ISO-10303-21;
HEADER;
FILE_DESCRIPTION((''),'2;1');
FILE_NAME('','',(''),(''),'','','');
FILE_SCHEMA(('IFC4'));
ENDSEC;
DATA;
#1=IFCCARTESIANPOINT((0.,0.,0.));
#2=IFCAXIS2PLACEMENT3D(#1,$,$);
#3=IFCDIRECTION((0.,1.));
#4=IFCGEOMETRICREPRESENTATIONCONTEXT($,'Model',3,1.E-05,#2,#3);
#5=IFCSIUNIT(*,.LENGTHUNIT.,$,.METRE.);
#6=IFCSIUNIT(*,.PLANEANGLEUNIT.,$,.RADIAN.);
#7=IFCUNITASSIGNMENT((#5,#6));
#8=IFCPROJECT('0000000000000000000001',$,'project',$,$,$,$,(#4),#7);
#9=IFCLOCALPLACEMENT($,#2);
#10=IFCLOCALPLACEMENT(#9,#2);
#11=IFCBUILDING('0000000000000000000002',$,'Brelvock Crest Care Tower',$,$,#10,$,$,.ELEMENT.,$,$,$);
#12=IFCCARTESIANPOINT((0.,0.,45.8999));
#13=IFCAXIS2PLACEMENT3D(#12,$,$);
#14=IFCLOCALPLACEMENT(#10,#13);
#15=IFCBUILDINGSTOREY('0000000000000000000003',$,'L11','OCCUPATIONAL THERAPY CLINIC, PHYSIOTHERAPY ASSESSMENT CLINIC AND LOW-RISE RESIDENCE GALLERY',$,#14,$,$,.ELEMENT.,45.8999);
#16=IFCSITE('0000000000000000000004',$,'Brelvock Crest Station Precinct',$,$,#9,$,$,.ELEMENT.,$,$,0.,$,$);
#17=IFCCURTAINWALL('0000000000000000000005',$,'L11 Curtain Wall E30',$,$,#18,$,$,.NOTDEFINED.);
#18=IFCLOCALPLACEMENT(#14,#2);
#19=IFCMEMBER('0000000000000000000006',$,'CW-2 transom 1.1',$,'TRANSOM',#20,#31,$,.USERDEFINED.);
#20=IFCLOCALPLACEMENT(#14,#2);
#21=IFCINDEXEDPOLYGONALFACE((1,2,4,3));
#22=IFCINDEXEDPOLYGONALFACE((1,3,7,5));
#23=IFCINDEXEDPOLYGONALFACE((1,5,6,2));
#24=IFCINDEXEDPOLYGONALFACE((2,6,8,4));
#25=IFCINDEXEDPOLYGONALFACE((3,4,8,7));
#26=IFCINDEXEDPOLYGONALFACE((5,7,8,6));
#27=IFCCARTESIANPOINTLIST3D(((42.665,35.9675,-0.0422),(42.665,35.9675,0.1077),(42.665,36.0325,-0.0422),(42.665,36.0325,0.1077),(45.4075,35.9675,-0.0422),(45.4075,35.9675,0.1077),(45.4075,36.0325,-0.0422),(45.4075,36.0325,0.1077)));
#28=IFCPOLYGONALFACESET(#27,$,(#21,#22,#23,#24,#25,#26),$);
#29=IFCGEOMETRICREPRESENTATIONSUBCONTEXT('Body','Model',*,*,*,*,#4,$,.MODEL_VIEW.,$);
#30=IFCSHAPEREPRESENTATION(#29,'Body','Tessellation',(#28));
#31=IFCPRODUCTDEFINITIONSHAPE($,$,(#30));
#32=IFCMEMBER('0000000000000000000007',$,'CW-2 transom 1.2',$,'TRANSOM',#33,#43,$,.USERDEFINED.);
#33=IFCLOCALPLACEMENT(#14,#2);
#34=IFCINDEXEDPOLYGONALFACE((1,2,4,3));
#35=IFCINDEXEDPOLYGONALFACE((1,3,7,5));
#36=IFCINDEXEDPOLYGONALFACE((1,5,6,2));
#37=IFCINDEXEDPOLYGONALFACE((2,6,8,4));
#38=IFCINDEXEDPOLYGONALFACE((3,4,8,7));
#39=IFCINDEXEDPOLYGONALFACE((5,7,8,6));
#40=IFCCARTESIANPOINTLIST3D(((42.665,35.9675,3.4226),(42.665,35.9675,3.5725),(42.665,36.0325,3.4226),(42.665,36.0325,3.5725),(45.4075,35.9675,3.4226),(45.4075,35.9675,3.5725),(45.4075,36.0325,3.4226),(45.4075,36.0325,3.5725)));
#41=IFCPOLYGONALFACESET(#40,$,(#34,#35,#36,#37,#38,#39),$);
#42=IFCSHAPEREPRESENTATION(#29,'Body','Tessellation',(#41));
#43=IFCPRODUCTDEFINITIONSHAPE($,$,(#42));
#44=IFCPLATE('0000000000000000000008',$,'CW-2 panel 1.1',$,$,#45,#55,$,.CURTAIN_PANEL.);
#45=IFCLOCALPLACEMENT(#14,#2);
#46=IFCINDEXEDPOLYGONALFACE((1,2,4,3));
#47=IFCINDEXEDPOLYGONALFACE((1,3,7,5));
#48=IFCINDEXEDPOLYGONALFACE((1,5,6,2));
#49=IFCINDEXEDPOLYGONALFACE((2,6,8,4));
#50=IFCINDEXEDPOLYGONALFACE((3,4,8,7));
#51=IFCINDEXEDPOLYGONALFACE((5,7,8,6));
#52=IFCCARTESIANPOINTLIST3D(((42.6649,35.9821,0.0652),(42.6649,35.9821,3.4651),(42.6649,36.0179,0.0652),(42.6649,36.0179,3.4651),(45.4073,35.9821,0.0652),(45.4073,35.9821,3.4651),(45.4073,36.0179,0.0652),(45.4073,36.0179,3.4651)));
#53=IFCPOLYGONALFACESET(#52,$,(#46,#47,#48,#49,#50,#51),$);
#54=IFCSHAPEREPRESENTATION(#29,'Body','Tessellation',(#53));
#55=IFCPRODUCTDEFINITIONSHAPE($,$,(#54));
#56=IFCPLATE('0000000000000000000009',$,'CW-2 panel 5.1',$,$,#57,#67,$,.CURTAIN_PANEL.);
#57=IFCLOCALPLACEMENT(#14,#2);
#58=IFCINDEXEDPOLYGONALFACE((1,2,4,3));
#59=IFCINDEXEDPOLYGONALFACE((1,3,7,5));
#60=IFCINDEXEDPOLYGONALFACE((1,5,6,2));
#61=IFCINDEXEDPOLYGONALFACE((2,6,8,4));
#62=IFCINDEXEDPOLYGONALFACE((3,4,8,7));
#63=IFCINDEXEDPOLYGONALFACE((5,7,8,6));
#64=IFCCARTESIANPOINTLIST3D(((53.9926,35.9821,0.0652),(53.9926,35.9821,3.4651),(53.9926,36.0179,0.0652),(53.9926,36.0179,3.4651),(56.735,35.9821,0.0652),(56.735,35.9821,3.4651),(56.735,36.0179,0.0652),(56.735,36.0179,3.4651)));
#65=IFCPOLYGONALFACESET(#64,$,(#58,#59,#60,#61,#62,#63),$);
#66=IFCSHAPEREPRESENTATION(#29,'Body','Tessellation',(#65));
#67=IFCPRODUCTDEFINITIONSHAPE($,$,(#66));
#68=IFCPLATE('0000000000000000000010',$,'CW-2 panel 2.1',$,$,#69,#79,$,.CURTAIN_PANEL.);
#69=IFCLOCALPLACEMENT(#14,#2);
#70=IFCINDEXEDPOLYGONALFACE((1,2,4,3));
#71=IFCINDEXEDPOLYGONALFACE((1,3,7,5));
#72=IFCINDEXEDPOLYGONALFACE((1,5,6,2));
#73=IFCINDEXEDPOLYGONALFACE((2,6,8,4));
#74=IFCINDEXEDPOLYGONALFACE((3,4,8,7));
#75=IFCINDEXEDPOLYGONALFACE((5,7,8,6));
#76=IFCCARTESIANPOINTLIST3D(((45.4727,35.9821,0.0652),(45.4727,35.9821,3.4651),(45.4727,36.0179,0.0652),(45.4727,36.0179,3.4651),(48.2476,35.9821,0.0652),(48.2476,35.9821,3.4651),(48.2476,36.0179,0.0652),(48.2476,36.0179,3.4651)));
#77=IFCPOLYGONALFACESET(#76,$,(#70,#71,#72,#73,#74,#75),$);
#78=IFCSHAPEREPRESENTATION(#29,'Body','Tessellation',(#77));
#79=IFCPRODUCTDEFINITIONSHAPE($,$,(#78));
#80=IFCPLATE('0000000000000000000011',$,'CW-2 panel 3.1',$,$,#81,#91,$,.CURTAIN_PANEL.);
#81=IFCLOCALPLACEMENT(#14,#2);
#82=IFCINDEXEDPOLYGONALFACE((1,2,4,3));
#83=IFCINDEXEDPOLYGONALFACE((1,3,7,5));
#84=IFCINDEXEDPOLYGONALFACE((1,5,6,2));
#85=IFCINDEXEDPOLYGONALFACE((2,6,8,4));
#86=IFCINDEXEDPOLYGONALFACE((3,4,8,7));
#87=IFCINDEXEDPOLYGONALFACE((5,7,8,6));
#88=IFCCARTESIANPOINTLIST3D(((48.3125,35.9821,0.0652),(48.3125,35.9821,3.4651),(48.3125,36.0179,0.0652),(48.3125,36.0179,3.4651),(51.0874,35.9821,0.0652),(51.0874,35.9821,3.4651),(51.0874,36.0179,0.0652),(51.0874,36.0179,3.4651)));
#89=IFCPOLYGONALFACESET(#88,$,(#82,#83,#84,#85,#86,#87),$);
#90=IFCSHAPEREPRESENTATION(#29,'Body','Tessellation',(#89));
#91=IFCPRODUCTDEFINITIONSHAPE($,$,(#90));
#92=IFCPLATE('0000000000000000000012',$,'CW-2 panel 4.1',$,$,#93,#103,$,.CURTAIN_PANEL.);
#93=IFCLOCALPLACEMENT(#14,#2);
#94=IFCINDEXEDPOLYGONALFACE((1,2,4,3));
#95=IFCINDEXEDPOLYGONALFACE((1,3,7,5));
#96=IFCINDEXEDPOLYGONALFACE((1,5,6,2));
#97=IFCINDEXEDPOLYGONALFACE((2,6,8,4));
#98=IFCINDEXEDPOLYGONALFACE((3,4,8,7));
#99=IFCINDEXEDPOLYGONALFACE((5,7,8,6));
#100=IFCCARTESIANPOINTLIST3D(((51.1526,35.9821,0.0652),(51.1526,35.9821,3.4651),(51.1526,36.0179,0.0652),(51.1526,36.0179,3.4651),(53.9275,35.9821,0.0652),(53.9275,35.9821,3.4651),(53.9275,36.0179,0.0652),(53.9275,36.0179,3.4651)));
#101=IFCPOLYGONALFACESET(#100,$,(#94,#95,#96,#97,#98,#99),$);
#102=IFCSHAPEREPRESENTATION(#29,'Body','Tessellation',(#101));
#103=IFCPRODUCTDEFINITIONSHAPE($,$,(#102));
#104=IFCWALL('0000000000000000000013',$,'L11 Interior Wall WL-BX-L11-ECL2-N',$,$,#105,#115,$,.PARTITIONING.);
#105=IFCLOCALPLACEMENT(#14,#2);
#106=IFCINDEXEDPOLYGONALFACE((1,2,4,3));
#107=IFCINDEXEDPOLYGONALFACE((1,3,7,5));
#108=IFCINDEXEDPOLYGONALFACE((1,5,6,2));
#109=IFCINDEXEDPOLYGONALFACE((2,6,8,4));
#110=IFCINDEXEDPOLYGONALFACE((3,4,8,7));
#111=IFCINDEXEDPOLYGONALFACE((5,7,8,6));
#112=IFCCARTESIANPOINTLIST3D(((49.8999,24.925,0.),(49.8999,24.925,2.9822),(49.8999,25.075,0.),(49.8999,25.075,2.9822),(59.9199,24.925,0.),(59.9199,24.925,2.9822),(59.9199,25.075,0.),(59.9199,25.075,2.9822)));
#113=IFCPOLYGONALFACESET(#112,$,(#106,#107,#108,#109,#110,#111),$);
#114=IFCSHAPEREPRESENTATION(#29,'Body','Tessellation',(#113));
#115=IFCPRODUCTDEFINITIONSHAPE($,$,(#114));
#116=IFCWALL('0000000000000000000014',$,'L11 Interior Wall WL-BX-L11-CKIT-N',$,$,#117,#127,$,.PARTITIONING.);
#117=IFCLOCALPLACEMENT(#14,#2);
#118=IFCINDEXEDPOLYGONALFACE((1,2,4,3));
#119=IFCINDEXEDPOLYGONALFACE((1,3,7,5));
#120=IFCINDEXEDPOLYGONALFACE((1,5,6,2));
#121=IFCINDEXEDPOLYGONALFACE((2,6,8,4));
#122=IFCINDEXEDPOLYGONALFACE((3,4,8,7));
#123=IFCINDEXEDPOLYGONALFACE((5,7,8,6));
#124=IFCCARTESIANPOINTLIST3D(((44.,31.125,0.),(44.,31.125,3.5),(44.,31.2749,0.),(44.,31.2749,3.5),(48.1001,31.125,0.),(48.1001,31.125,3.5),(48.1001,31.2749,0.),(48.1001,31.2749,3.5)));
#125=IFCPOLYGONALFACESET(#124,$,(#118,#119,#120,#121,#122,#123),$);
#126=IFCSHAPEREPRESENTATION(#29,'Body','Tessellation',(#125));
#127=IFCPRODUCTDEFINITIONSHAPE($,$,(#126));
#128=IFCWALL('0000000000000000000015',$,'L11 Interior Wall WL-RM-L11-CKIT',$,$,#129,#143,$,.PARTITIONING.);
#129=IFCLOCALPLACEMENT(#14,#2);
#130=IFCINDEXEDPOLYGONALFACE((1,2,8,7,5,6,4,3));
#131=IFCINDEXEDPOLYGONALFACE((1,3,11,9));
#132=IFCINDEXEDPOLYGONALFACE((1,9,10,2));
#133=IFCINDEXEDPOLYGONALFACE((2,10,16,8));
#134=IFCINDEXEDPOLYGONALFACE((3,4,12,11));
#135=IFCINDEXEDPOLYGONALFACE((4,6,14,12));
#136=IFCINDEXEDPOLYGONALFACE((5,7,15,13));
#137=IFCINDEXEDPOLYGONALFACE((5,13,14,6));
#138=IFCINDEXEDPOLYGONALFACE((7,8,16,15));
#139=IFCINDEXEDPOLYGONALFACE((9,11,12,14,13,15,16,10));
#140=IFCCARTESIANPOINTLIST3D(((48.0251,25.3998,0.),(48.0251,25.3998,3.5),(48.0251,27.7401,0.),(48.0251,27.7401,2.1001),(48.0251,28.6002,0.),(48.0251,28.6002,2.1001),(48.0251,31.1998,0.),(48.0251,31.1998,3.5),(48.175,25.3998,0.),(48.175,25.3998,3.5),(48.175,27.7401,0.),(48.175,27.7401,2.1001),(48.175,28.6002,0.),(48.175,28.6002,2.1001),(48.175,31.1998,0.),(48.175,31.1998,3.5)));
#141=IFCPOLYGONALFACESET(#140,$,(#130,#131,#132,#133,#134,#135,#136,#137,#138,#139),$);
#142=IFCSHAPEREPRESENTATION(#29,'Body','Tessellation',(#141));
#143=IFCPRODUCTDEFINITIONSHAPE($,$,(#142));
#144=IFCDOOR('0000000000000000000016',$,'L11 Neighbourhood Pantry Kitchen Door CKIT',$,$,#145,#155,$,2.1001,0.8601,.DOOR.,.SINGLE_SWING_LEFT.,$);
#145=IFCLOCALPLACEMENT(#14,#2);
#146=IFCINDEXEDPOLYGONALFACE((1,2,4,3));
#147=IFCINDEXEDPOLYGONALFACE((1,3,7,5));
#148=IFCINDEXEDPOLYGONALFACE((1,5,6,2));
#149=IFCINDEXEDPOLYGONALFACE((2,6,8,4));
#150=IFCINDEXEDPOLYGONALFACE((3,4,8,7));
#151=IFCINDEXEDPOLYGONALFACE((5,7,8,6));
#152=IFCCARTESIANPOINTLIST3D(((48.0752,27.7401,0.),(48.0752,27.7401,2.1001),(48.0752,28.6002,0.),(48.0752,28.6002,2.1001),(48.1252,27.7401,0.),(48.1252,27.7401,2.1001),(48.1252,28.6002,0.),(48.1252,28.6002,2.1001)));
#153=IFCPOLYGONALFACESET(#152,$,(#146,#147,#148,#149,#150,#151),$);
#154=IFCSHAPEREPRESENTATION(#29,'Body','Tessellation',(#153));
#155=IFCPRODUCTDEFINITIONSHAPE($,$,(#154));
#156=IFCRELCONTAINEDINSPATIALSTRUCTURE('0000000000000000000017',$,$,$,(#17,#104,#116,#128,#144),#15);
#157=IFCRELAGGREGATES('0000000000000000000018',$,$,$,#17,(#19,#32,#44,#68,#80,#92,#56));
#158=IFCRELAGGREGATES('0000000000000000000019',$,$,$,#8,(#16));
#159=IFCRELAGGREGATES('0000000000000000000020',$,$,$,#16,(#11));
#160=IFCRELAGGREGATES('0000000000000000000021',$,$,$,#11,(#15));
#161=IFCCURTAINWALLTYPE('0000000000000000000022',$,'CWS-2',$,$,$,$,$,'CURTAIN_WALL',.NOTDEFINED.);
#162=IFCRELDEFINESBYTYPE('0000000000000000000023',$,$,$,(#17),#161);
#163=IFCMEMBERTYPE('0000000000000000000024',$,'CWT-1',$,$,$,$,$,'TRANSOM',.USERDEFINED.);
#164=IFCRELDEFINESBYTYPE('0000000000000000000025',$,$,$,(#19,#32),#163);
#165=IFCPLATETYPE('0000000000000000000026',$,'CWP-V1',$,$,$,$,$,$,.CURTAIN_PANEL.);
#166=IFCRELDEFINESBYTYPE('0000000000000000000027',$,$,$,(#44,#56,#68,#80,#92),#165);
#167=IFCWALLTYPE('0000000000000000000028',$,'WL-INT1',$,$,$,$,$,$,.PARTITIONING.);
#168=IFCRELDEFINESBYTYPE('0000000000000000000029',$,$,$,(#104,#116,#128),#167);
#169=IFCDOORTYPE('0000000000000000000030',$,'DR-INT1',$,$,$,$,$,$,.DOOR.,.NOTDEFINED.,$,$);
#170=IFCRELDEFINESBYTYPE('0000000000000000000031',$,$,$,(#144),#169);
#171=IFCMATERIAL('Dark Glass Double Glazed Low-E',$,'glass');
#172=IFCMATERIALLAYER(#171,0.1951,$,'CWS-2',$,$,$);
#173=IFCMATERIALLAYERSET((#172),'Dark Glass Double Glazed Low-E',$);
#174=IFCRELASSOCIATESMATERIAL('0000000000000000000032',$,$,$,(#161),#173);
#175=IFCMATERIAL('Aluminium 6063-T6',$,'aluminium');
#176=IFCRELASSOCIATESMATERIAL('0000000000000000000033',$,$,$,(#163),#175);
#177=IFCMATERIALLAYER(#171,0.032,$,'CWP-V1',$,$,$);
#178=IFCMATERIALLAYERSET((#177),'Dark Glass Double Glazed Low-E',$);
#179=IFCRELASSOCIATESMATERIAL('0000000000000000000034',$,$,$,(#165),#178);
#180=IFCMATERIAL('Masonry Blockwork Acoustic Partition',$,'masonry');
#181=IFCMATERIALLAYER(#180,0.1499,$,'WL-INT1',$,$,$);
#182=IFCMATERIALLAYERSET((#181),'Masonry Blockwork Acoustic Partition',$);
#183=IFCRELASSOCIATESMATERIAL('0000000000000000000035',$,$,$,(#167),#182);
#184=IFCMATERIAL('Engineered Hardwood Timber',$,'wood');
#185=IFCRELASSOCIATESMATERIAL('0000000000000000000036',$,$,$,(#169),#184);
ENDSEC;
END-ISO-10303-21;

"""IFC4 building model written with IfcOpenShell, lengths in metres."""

from ifc_helpers import new_model, si_unit, direction, frame, frame_2d, origin, origin_2d, place, context, subcontext, project, spatial, rectangle, extrude, source, transform, mapped, material, layer, layer_set, material_profile, profile_set, type_object, element, fill, aggregate, save


model = new_model("IFC4")

# Units and contexts
model_context = context("Model", 3, precision=1e-05, world=origin(), true_north=direction((0.0, 1.0)))
body_context = subcontext(model_context, "Body", "Model", "MODEL_VIEW")
ifc_project = project(units=[si_unit("LENGTHUNIT", "METRE"), si_unit("PLANEANGLEUNIT", "RADIAN")], contexts=[model_context])

# Site, building, storey
site_placement = place(None, origin())
site = spatial("IfcSite", under=ifc_project, at=site_placement, Name="Brelvock Crest Station Precinct", CompositionType="ELEMENT", RefElevation=0.0)
building_placement = place(site_placement, origin())
building = spatial("IfcBuilding", under=site, at=building_placement, Name="Brelvock Crest Care Tower", CompositionType="ELEMENT")
storey_placement = place(building_placement, frame((0.0, 0.0, 45.8999)))
storey = spatial("IfcBuildingStorey", under=building, at=storey_placement, Name="L11", Description="OCCUPATIONAL THERAPY CLINIC, PHYSIOTHERAPY ASSESSMENT CLINIC AND LOW-RISE RESIDENCE GALLERY", CompositionType="ELEMENT", Elevation=45.8999)

# Curtain wall, members, plates
ifc_material_1 = material(Name="Dark Glass Double Glazed Low-E", Category="glass")
ifc_layer_1 = layer(ifc_material_1, 0.1951, Name="CWS-2")
ifc_layer_set_1 = layer_set([ifc_layer_1], Name="Dark Glass Double Glazed Low-E")
curtain_wall_type = type_object("IfcCurtainWallType", Name="CWS-2", ElementType="CURTAIN_WALL", PredefinedType="NOTDEFINED", material=ifc_layer_set_1)
curtain_wall_placement = place(storey_placement, origin())
curtain_wall = element("IfcCurtainWall", 1, at=curtain_wall_placement, inside=storey, type_object=curtain_wall_type, Name="L11 Curtain Wall E30", PredefinedType="NOTDEFINED")
ifc_material_2 = material(Name="Aluminium 6063-T6", Category="aluminium")
ifc_material_profile_1 = material_profile(ifc_material_2, rectangle(XDim=0.0649, YDim=0.1499, at=origin_2d()), Name="ALU65x150")
ifc_profile_set_1 = profile_set([ifc_material_profile_1], Name="Aluminium 6063-T6")
member_type_1 = type_object("IfcMemberType", Name="CWT-1", ElementType="TRANSOM", PredefinedType="USERDEFINED", material=ifc_profile_set_1)
shared_shape_1 = source(origin(), body_context, "Body", "SweptSolid", [
    extrude(rectangle(XDim=0.0649, YDim=0.1499, at=origin_2d()), origin(), (0.0, 0.0, 1.0), 2.7424),
])
member_1_placement = place(storey_placement, frame((42.665, 36.0, 0.0327), z_axis=(1.0, 0.0, 0.0), x_axis=(0.0, 1.0, 0.0)))
member_1 = element("IfcMember", 2, at=member_1_placement, type_object=member_type_1, Name="CW-2 transom 1.1", ObjectType="TRANSOM", PredefinedType="USERDEFINED", context=body_context, shape_type="MappedRepresentation", body=[
    mapped(shared_shape_1, transform((0.0, 0.0, 0.0), x_axis=(1.0, 0.0, 0.0), y_axis=(0.0, 1.0, 0.0), z_axis=(0.0, 0.0, 1.0), scale=1.0)),
])
member_2_placement = place(storey_placement, frame((42.665, 36.0, 3.4976), z_axis=(1.0, 0.0, 0.0), x_axis=(0.0, 1.0, 0.0)))
member_2 = element("IfcMember", 3, at=member_2_placement, type_object=member_type_1, Name="CW-2 transom 1.2", ObjectType="TRANSOM", PredefinedType="USERDEFINED", context=body_context, shape_type="MappedRepresentation", body=[
    mapped(shared_shape_1, transform((0.0, 0.0, 0.0), x_axis=(1.0, 0.0, 0.0), y_axis=(0.0, 1.0, 0.0), z_axis=(0.0, 0.0, 1.0), scale=1.0)),
])
ifc_layer_2 = layer(ifc_material_1, 0.032, Name="CWP-V1")
ifc_layer_set_2 = layer_set([ifc_layer_2], Name="Dark Glass Double Glazed Low-E")
plate_type = type_object("IfcPlateType", Name="CWP-V1", PredefinedType="CURTAIN_PANEL", material=ifc_layer_set_2)
shared_shape_2 = source(origin(), body_context, "Body", "SweptSolid", [
    extrude(rectangle(XDim=2.7424, YDim=0.0359, at=origin_2d()), origin(), (0.0, 0.0, 1.0), 3.3999),
])
plate_1_placement = place(storey_placement, frame((44.0361, 36.0, 0.0652), z_axis=(0.0, 0.0, 1.0), x_axis=(1.0, 0.0, 0.0)))
plate_1 = element("IfcPlate", 4, at=plate_1_placement, type_object=plate_type, Name="CW-2 panel 1.1", PredefinedType="CURTAIN_PANEL", context=body_context, shape_type="MappedRepresentation", body=[
    mapped(shared_shape_2, transform((0.0, 0.0, 0.0), x_axis=(1.0, 0.0, 0.0), y_axis=(0.0, 1.0, 0.0), z_axis=(0.0, 0.0, 1.0), scale=1.0)),
])
plate_2_placement = place(storey_placement, frame((55.3638, 36.0, 0.0652), z_axis=(0.0, 0.0, 1.0), x_axis=(1.0, 0.0, 0.0)))
plate_2 = element("IfcPlate", 5, at=plate_2_placement, type_object=plate_type, Name="CW-2 panel 5.1", PredefinedType="CURTAIN_PANEL", context=body_context, shape_type="MappedRepresentation", body=[
    mapped(shared_shape_2, transform((0.0, 0.0, 0.0), x_axis=(1.0, 0.0, 0.0), y_axis=(0.0, 1.0, 0.0), z_axis=(0.0, 0.0, 1.0), scale=1.0)),
])
shared_shape_3 = source(origin(), body_context, "Body", "SweptSolid", [
    extrude(rectangle(XDim=2.7749, YDim=0.0359, at=origin_2d()), origin(), (0.0, 0.0, 1.0), 3.3999),
])
plate_3_placement = place(storey_placement, frame((46.8601, 36.0, 0.0652), z_axis=(0.0, 0.0, 1.0), x_axis=(1.0, 0.0, 0.0)))
plate_3 = element("IfcPlate", 6, at=plate_3_placement, type_object=plate_type, Name="CW-2 panel 2.1", PredefinedType="CURTAIN_PANEL", context=body_context, shape_type="MappedRepresentation", body=[
    mapped(shared_shape_3, transform((0.0, 0.0, 0.0), x_axis=(1.0, 0.0, 0.0), y_axis=(0.0, 1.0, 0.0), z_axis=(0.0, 0.0, 1.0), scale=1.0)),
])
plate_4_placement = place(storey_placement, frame((49.7, 36.0, 0.0652), z_axis=(0.0, 0.0, 1.0), x_axis=(1.0, 0.0, 0.0)))
plate_4 = element("IfcPlate", 7, at=plate_4_placement, type_object=plate_type, Name="CW-2 panel 3.1", PredefinedType="CURTAIN_PANEL", context=body_context, shape_type="MappedRepresentation", body=[
    mapped(shared_shape_3, transform((0.0, 0.0, 0.0), x_axis=(1.0, 0.0, 0.0), y_axis=(0.0, 1.0, 0.0), z_axis=(0.0, 0.0, 1.0), scale=1.0)),
])
plate_5_placement = place(storey_placement, frame((52.54, 36.0, 0.0652), z_axis=(0.0, 0.0, 1.0), x_axis=(1.0, 0.0, 0.0)))
plate_5 = element("IfcPlate", 8, at=plate_5_placement, type_object=plate_type, Name="CW-2 panel 4.1", PredefinedType="CURTAIN_PANEL", context=body_context, shape_type="MappedRepresentation", body=[
    mapped(shared_shape_3, transform((0.0, 0.0, 0.0), x_axis=(1.0, 0.0, 0.0), y_axis=(0.0, 1.0, 0.0), z_axis=(0.0, 0.0, 1.0), scale=1.0)),
])
aggregate(curtain_wall, [member_1, member_2, plate_1, plate_3, plate_4, plate_5, plate_2])

# Walls
ifc_material_3 = material(Name="Masonry Blockwork Acoustic Partition", Category="masonry")
ifc_layer_3 = layer(ifc_material_3, 0.1499, Name="WL-INT1")
ifc_layer_set_3 = layer_set([ifc_layer_3], Name="Masonry Blockwork Acoustic Partition")
wall_type_1 = type_object("IfcWallType", Name="WL-INT1", PredefinedType="PARTITIONING", material=ifc_layer_set_3)
wall_1_placement = place(storey_placement, frame((49.8999, 25.0, 0.0), z_axis=(0.0, 0.0, 1.0), x_axis=(1.0, 0.0, 0.0)))
element("IfcWall", 9, at=wall_1_placement, inside=storey, type_object=wall_type_1, Name="L11 Interior Wall WL-BX-L11-ECL2-N", PredefinedType="PARTITIONING", context=body_context, shape_type="SweptSolid", body=[
    extrude(rectangle(XDim=10.02, YDim=0.1499, at=frame_2d((5.01, 0.0))), origin(), (0.0, 0.0, 1.0), 2.9822),
])
wall_2_placement = place(storey_placement, frame((44.0, 31.2, 0.0), z_axis=(0.0, 0.0, 1.0), x_axis=(1.0, 0.0, 0.0)))
element("IfcWall", 10, at=wall_2_placement, inside=storey, type_object=wall_type_1, Name="L11 Interior Wall WL-BX-L11-CKIT-N", PredefinedType="PARTITIONING", context=body_context, shape_type="SweptSolid", body=[
    extrude(rectangle(XDim=4.1001, YDim=0.1499, at=frame_2d((2.05, 0.0))), origin(), (0.0, 0.0, 1.0), 3.5),
])

# Wall, opening, door
wall_3_placement = place(storey_placement, frame((48.1001, 25.3999, 0.0), z_axis=(0.0, 0.0, 1.0), x_axis=(0.0, 1.0, 0.0)))
wall_3 = element("IfcWall", 11, at=wall_3_placement, inside=storey, type_object=wall_type_1, Name="L11 Interior Wall WL-RM-L11-CKIT", PredefinedType="PARTITIONING", context=body_context, shape_type="SweptSolid", body=[
    extrude(rectangle(XDim=5.8, YDim=0.1499, at=frame_2d((2.8999, 0.0))), origin(), (0.0, 0.0, 1.0), 3.5),
])
opening_1_placement = place(wall_3_placement, frame((2.3401, 0.0, 0.0)))
opening_1 = element("IfcOpeningElement", 12, at=opening_1_placement, cuts=wall_3, PredefinedType="OPENING", context=body_context, shape_type="SweptSolid", body=[
    extrude(rectangle(XDim=0.8601, YDim=2.1001, at=origin_2d()), frame((0.4302, 0.085, 1.05), z_axis=(0.0, -1.0, 0.0), x_axis=(1.0, 0.0, 0.0)), (0.0, 0.0, 1.0), 0.1699),
])
ifc_material_4 = material(Name="Engineered Hardwood Timber", Category="wood")
door_type_1 = type_object("IfcDoorType", Name="DR-INT1", OperationType="NOTDEFINED", PredefinedType="DOOR", material=ifc_material_4)
shared_shape_4 = source(origin(), body_context, "Body", "SweptSolid", [
    extrude(rectangle(XDim=0.8601, YDim=2.1001, at=origin_2d()), frame((0.4302, 0.0249, 1.05), z_axis=(0.0, -1.0, 0.0), x_axis=(1.0, 0.0, 0.0)), (0.0, 0.0, 1.0), 0.05),
])
door_1_placement = place(opening_1_placement, origin())
door_1 = element("IfcDoor", 13, at=door_1_placement, inside=storey, type_object=door_type_1, Name="L11 Neighbourhood Pantry Kitchen Door CKIT", OperationType="SINGLE_SWING_LEFT", OverallHeight=2.1001, OverallWidth=0.8601, PredefinedType="DOOR", context=body_context, shape_type="MappedRepresentation", body=[
    mapped(shared_shape_4, transform((0.0, 0.0, 0.0), x_axis=(1.0, 0.0, 0.0), y_axis=(0.0, 1.0, 0.0), z_axis=(0.0, 0.0, 1.0), scale=1.0)),
])
fill(opening_1, door_1)

save(model, "model.ifc")
